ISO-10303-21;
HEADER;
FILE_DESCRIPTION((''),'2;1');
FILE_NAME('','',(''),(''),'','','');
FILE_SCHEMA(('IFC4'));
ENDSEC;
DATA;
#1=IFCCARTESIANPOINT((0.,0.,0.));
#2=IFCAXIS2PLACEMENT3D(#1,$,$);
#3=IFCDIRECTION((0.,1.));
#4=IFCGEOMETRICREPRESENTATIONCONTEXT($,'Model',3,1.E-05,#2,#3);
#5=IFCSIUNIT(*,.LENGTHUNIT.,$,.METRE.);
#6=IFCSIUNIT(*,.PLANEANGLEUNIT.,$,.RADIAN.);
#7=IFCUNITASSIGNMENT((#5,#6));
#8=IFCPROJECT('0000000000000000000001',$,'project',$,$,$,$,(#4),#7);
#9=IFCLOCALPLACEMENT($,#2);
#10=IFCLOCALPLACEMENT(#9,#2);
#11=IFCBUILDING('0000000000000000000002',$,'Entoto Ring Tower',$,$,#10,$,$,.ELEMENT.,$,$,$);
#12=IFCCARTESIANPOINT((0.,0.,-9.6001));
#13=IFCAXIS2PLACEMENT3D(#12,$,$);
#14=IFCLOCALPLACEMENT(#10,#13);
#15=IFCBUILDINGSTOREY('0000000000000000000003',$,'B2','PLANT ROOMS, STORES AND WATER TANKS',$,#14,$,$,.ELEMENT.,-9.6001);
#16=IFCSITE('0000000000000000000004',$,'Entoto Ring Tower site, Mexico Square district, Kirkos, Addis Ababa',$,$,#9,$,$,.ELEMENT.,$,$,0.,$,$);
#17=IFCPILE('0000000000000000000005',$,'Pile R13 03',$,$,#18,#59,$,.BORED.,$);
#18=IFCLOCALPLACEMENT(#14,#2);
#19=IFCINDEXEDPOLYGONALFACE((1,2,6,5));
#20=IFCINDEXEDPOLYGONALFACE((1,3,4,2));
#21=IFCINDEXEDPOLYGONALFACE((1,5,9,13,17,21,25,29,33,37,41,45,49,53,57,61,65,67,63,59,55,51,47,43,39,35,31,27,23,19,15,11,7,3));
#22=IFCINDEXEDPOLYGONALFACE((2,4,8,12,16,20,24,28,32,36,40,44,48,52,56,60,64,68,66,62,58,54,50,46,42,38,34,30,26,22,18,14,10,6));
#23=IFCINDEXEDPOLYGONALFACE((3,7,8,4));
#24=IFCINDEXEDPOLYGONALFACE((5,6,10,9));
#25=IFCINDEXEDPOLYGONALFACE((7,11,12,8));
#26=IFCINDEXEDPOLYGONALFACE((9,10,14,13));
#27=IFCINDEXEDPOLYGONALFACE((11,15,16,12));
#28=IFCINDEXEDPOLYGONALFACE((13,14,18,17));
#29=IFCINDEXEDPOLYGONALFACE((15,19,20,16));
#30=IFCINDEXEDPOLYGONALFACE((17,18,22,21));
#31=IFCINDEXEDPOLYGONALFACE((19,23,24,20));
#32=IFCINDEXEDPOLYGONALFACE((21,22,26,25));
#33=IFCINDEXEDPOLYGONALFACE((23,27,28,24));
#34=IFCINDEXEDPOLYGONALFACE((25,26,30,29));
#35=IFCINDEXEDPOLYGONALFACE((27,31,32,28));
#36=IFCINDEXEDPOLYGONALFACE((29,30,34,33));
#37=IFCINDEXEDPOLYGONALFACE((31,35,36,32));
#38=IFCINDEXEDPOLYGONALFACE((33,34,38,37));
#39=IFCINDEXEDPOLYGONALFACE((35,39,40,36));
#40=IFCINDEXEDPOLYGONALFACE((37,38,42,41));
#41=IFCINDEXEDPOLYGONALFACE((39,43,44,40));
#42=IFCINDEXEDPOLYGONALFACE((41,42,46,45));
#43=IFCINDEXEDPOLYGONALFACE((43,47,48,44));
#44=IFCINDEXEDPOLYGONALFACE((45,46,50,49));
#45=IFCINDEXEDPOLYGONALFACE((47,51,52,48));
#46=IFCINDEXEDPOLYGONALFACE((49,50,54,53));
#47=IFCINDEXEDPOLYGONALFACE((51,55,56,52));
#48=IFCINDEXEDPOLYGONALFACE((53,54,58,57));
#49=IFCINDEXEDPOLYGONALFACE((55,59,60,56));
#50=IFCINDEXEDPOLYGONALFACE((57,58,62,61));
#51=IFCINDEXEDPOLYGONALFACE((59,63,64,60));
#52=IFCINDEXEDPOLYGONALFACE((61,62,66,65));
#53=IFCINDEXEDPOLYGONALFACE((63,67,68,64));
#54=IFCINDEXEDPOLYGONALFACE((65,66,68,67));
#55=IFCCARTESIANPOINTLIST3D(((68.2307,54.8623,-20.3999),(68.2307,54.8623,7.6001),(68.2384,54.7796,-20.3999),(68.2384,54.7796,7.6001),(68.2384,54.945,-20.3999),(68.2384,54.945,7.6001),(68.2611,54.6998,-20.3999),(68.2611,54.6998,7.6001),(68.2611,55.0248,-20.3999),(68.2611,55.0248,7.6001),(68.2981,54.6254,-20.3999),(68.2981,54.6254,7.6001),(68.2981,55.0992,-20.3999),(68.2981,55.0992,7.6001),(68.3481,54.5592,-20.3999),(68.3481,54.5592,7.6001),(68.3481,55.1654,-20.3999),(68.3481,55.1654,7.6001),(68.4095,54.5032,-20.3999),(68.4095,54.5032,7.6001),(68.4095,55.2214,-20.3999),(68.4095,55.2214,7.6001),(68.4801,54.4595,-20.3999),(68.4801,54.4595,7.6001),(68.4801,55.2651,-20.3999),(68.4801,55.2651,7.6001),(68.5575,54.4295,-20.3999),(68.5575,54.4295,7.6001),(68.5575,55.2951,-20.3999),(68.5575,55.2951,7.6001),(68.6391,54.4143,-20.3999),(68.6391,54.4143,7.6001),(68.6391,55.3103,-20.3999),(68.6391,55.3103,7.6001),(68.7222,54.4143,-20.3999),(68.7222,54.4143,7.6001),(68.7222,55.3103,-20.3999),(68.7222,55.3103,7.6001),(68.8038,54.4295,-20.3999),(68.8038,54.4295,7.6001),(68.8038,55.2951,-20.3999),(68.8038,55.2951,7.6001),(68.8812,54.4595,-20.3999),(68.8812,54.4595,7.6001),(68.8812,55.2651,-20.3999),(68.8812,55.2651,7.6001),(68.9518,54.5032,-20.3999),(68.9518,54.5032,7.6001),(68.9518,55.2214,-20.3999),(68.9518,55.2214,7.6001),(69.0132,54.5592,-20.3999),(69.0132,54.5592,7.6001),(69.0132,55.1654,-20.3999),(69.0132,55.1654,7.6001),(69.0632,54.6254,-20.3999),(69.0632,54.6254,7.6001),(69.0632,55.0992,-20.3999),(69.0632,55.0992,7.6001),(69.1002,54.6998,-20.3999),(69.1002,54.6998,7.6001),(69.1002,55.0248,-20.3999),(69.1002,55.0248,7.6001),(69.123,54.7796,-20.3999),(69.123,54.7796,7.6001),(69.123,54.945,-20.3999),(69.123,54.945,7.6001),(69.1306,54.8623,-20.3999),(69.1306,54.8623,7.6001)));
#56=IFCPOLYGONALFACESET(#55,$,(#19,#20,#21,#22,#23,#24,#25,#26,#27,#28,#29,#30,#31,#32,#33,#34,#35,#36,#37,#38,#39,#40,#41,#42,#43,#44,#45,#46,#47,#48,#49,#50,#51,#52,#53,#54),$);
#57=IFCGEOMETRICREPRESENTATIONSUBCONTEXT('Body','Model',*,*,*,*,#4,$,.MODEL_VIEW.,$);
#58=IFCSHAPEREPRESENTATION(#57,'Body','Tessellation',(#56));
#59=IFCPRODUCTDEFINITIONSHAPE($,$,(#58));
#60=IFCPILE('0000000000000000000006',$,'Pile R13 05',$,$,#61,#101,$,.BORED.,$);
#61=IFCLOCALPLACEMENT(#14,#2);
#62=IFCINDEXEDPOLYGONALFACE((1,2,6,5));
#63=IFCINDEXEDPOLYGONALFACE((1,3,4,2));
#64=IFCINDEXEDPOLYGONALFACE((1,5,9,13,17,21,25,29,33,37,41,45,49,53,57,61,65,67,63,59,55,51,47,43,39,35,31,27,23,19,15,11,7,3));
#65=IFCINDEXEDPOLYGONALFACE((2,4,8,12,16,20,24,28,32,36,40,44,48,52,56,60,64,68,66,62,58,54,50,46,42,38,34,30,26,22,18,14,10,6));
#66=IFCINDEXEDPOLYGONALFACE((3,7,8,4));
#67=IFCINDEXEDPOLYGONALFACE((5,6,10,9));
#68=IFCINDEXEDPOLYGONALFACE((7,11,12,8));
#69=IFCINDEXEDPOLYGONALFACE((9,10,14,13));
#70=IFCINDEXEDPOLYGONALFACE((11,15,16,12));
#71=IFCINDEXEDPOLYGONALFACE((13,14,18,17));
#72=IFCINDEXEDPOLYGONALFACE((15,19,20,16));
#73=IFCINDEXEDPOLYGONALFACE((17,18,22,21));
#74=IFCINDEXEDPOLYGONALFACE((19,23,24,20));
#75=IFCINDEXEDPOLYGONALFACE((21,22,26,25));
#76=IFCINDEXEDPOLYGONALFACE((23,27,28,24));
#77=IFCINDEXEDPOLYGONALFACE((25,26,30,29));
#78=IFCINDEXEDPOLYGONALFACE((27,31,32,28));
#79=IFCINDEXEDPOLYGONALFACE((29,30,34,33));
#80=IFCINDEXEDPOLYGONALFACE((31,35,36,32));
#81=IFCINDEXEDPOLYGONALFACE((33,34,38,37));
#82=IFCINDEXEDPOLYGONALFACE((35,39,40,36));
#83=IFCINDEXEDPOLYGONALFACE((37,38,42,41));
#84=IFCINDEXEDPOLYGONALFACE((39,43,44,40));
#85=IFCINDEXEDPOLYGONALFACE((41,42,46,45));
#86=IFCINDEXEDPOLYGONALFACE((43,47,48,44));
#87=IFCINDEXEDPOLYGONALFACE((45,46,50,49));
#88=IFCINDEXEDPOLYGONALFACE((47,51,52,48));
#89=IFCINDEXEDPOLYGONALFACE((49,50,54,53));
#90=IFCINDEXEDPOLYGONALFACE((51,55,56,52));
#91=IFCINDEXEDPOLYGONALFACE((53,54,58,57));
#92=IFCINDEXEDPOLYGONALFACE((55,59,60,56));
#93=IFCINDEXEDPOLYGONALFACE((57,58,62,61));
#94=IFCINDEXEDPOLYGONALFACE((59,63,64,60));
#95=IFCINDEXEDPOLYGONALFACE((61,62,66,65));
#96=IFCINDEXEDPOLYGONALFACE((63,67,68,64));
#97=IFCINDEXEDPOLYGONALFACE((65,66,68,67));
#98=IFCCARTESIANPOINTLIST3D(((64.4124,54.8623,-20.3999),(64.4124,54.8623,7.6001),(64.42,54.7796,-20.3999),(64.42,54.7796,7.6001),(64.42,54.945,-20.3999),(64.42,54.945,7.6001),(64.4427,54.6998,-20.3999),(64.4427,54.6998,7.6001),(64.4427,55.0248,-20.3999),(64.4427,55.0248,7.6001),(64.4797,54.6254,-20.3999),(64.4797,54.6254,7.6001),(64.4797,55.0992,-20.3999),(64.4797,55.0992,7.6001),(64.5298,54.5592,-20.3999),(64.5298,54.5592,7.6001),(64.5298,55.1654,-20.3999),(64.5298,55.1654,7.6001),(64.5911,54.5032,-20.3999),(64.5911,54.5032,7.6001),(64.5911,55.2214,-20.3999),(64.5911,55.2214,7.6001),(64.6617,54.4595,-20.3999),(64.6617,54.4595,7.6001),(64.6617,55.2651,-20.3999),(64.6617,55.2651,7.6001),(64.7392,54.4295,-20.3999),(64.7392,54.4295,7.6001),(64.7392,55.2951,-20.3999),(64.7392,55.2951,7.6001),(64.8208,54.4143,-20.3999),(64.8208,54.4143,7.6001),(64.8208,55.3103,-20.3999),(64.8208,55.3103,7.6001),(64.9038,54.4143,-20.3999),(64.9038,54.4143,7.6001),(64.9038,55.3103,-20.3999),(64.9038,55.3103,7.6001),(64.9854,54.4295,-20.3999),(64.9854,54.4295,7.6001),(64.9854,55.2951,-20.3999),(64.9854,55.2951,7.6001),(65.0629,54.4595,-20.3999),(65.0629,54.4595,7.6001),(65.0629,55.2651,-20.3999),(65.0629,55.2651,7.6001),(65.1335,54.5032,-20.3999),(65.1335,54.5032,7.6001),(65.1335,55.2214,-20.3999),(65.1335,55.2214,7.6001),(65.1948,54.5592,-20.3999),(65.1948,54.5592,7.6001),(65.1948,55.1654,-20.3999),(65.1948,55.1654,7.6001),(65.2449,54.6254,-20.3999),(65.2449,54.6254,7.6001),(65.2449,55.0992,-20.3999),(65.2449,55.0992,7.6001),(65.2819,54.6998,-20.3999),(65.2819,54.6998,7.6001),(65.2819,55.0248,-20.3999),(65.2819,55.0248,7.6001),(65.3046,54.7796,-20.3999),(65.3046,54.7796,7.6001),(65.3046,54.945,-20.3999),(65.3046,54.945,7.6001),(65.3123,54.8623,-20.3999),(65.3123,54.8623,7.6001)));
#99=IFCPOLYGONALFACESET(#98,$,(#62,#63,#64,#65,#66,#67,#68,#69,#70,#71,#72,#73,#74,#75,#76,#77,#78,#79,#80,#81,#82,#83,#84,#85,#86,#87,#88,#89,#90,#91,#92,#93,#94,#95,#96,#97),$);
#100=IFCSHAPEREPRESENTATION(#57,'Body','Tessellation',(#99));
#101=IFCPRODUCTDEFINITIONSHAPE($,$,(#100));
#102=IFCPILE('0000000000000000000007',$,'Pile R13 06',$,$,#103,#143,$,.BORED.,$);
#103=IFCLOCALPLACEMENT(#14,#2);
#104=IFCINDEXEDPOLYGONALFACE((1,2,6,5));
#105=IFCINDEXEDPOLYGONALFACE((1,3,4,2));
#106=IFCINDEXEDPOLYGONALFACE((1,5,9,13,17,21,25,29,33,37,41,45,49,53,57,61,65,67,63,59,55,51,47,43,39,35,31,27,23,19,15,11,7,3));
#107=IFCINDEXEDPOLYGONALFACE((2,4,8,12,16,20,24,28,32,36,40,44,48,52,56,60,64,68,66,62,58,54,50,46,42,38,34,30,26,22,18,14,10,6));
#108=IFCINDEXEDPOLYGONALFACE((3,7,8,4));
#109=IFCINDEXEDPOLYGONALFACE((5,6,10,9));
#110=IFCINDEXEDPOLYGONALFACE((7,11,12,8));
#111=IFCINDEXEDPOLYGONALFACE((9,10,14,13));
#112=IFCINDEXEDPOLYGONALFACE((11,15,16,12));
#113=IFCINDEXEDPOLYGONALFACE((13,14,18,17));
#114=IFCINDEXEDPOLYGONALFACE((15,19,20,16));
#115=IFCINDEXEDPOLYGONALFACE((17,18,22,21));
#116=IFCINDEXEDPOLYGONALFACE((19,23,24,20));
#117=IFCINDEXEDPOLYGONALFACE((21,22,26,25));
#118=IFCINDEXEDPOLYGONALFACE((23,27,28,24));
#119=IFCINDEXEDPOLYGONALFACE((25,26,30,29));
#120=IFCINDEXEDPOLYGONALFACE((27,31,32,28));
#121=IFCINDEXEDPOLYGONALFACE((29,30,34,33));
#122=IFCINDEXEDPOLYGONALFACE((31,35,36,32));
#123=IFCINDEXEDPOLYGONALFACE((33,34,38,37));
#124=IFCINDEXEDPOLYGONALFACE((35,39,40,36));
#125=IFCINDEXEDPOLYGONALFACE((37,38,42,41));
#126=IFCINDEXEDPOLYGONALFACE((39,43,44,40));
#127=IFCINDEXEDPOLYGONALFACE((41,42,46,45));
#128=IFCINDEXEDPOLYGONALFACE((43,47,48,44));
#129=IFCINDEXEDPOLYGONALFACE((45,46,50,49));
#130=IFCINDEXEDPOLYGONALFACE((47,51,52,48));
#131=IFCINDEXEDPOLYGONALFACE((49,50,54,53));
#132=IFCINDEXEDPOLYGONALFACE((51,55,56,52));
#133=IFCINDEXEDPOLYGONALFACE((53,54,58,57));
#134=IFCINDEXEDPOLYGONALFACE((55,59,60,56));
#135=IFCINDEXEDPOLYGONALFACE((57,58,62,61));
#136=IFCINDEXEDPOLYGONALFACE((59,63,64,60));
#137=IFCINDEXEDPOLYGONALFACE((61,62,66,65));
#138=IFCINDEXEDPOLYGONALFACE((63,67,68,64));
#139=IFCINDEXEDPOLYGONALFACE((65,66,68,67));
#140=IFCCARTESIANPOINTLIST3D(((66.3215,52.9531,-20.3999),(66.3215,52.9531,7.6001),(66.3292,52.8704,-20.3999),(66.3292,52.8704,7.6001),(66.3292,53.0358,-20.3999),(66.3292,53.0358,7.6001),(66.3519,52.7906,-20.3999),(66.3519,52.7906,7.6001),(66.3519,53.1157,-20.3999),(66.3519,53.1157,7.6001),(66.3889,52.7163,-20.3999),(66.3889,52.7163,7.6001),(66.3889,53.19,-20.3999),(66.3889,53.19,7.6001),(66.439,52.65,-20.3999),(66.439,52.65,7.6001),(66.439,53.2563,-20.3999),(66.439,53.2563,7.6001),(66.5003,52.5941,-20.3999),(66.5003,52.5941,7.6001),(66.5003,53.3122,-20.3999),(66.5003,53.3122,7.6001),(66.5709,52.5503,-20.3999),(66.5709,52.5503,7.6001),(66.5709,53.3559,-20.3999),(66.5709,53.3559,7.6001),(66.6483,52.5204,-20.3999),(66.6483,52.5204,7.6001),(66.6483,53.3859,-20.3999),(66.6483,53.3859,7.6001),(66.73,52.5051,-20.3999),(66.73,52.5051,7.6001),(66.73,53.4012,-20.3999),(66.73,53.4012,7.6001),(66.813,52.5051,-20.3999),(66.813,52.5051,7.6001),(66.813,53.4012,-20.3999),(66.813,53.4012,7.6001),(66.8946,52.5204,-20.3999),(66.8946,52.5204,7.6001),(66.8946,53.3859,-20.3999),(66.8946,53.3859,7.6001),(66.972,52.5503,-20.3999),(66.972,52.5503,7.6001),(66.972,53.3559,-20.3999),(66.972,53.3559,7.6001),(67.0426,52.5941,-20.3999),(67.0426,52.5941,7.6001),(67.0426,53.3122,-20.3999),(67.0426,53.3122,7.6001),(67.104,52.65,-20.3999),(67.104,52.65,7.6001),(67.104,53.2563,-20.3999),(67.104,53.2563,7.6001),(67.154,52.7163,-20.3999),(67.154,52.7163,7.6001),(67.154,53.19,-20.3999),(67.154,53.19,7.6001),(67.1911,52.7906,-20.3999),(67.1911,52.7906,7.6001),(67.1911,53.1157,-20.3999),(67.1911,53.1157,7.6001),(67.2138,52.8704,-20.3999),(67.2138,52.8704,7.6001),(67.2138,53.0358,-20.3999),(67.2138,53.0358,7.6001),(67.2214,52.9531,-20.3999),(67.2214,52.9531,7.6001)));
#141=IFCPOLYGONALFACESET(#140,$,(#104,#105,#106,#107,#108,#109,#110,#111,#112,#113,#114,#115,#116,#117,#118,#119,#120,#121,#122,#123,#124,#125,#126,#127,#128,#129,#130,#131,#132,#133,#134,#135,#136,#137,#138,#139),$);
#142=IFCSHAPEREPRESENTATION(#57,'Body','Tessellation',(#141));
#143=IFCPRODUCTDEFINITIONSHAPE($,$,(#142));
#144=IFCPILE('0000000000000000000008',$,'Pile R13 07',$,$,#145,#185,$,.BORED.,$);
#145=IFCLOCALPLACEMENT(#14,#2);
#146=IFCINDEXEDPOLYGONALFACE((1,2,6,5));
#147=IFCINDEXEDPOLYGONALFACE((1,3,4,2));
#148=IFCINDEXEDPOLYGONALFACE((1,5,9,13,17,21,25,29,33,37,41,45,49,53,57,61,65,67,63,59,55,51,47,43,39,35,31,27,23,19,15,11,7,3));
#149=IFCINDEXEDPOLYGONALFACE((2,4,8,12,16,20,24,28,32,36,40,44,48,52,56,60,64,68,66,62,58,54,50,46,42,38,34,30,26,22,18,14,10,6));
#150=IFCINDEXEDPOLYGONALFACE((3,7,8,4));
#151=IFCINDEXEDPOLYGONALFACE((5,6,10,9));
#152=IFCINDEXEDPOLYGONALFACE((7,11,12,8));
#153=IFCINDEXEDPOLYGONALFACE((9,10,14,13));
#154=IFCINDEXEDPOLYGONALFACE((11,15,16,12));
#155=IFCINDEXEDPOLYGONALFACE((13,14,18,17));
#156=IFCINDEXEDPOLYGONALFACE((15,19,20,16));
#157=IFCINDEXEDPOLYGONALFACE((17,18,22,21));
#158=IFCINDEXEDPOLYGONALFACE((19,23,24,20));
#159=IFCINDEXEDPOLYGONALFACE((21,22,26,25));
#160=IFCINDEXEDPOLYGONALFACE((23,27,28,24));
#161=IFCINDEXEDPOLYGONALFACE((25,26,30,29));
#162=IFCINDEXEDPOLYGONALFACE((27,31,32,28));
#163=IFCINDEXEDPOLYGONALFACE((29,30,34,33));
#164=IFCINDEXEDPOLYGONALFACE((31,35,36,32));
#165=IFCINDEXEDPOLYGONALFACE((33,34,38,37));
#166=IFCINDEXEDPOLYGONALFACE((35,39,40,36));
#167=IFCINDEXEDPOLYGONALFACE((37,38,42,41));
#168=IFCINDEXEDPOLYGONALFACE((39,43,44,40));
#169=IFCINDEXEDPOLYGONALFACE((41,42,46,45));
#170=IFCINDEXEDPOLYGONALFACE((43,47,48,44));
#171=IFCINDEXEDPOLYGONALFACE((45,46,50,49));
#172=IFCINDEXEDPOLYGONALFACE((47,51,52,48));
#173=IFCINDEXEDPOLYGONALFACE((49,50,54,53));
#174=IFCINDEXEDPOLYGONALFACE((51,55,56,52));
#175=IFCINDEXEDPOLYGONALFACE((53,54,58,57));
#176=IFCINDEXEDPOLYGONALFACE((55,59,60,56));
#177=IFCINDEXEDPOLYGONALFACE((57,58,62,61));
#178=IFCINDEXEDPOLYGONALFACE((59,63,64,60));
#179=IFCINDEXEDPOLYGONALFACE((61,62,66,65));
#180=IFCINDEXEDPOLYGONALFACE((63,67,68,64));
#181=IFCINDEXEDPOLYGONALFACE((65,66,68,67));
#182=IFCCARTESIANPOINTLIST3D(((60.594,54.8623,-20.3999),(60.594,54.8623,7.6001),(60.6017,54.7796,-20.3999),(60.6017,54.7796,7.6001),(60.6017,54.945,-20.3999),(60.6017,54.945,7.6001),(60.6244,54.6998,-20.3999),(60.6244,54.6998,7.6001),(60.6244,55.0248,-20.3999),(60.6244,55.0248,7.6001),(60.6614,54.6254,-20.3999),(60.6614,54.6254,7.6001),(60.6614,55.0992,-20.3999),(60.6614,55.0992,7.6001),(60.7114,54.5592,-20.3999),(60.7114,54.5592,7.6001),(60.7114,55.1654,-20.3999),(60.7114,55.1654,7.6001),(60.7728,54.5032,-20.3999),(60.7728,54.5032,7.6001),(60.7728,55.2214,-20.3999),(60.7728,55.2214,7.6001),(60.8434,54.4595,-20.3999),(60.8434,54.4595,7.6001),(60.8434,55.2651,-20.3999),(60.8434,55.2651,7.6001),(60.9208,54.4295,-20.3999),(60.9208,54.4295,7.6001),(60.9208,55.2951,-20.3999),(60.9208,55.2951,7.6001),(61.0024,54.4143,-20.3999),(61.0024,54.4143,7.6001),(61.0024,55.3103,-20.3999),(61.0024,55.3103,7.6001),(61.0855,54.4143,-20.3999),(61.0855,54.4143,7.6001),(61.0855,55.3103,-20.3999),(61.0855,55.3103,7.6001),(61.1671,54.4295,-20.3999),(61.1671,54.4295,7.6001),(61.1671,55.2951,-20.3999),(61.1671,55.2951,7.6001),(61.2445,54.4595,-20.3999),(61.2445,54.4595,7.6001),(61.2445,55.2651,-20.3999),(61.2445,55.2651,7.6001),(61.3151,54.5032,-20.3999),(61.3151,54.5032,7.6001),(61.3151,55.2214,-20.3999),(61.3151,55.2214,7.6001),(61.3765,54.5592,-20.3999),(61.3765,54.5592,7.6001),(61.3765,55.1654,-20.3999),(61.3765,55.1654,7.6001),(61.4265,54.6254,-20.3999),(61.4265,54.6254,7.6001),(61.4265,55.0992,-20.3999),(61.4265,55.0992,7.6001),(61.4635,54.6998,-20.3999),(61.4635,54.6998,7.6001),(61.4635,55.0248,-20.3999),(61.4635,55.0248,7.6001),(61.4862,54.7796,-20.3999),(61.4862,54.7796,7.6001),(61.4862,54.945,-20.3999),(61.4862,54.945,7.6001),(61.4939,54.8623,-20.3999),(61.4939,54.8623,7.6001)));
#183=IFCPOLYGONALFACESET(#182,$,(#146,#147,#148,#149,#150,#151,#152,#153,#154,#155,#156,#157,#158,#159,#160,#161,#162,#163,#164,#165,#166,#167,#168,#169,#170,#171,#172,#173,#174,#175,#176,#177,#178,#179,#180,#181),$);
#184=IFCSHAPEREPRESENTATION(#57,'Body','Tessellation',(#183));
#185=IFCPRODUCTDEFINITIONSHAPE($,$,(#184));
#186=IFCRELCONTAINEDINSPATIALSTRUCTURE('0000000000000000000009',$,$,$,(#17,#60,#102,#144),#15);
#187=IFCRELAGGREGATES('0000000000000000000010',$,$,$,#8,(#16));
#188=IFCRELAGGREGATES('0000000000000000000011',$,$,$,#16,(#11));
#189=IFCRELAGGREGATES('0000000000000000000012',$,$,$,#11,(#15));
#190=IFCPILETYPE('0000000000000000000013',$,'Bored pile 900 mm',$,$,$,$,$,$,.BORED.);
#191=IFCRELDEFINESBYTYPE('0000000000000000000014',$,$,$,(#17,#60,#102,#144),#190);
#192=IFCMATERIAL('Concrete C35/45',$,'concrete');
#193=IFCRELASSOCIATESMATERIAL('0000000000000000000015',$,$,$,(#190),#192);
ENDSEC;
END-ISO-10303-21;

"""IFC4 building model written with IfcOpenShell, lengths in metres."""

from ifc_helpers import new_model, si_unit, direction, frame, origin, origin_2d, place, context, subcontext, project, spatial, circle, extrude, material, material_profile, profile_set, type_object, element, save


model = new_model("IFC4")

# Units and contexts
model_context = context("Model", 3, precision=1e-05, world=origin(), true_north=direction((0.0, 1.0)))
body_context = subcontext(model_context, "Body", "Model", "MODEL_VIEW")
ifc_project = project(units=[si_unit("LENGTHUNIT", "METRE"), si_unit("PLANEANGLEUNIT", "RADIAN")], contexts=[model_context])

# Site, building, storey
site_placement = place(None, origin())
site = spatial("IfcSite", under=ifc_project, at=site_placement, Name="Entoto Ring Tower site, Mexico Square district, Kirkos, Addis Ababa", CompositionType="ELEMENT", RefElevation=0.0)
building_placement = place(site_placement, origin())
building = spatial("IfcBuilding", under=site, at=building_placement, Name="Entoto Ring Tower", CompositionType="ELEMENT")
storey_placement = place(building_placement, frame((0.0, 0.0, -9.6001)))
storey = spatial("IfcBuildingStorey", under=building, at=storey_placement, Name="B2", Description="PLANT ROOMS, STORES AND WATER TANKS", CompositionType="ELEMENT", Elevation=-9.6001)

# Piles
ifc_material_1 = material(Name="Concrete C35/45", Category="concrete")
ifc_material_profile_1 = material_profile(ifc_material_1, circle(Radius=0.45, at=origin_2d()), Name="Bored pile 900 mm")
ifc_profile_set_1 = profile_set([ifc_material_profile_1], Name="Concrete C35/45")
pile_type = type_object("IfcPileType", Name="Bored pile 900 mm", PredefinedType="BORED", material=ifc_profile_set_1)
for number, where, z_axis, x_axis, name in (
    (1, (68.6807, 54.8623, 7.6001), (0.0, 0.0, -1.0), (1.0, 0.0, 0.0), "Pile R13 03"),
    (2, (64.8623, 54.8623, 7.6001), (0.0, 0.0, -1.0), (1.0, 0.0, 0.0), "Pile R13 05"),
    (3, (66.7715, 52.9531, 7.6001), (0.0, 0.0, -1.0), (1.0, 0.0, 0.0), "Pile R13 06"),
    (4, (61.0439, 54.8623, 7.6001), (0.0, 0.0, -1.0), (1.0, 0.0, 0.0), "Pile R13 07"),
):
    element("IfcPile", number, at=place(storey_placement, frame(where, z_axis=z_axis, x_axis=x_axis)), inside=storey, type_object=pile_type, Name=name, PredefinedType="BORED", context=body_context, shape_type="SweptSolid", body=[
        extrude(circle(Radius=0.45, at=origin_2d()), origin(), (0.0, 0.0, 1.0), 28.0),
    ])

save(model, "model.ifc")
